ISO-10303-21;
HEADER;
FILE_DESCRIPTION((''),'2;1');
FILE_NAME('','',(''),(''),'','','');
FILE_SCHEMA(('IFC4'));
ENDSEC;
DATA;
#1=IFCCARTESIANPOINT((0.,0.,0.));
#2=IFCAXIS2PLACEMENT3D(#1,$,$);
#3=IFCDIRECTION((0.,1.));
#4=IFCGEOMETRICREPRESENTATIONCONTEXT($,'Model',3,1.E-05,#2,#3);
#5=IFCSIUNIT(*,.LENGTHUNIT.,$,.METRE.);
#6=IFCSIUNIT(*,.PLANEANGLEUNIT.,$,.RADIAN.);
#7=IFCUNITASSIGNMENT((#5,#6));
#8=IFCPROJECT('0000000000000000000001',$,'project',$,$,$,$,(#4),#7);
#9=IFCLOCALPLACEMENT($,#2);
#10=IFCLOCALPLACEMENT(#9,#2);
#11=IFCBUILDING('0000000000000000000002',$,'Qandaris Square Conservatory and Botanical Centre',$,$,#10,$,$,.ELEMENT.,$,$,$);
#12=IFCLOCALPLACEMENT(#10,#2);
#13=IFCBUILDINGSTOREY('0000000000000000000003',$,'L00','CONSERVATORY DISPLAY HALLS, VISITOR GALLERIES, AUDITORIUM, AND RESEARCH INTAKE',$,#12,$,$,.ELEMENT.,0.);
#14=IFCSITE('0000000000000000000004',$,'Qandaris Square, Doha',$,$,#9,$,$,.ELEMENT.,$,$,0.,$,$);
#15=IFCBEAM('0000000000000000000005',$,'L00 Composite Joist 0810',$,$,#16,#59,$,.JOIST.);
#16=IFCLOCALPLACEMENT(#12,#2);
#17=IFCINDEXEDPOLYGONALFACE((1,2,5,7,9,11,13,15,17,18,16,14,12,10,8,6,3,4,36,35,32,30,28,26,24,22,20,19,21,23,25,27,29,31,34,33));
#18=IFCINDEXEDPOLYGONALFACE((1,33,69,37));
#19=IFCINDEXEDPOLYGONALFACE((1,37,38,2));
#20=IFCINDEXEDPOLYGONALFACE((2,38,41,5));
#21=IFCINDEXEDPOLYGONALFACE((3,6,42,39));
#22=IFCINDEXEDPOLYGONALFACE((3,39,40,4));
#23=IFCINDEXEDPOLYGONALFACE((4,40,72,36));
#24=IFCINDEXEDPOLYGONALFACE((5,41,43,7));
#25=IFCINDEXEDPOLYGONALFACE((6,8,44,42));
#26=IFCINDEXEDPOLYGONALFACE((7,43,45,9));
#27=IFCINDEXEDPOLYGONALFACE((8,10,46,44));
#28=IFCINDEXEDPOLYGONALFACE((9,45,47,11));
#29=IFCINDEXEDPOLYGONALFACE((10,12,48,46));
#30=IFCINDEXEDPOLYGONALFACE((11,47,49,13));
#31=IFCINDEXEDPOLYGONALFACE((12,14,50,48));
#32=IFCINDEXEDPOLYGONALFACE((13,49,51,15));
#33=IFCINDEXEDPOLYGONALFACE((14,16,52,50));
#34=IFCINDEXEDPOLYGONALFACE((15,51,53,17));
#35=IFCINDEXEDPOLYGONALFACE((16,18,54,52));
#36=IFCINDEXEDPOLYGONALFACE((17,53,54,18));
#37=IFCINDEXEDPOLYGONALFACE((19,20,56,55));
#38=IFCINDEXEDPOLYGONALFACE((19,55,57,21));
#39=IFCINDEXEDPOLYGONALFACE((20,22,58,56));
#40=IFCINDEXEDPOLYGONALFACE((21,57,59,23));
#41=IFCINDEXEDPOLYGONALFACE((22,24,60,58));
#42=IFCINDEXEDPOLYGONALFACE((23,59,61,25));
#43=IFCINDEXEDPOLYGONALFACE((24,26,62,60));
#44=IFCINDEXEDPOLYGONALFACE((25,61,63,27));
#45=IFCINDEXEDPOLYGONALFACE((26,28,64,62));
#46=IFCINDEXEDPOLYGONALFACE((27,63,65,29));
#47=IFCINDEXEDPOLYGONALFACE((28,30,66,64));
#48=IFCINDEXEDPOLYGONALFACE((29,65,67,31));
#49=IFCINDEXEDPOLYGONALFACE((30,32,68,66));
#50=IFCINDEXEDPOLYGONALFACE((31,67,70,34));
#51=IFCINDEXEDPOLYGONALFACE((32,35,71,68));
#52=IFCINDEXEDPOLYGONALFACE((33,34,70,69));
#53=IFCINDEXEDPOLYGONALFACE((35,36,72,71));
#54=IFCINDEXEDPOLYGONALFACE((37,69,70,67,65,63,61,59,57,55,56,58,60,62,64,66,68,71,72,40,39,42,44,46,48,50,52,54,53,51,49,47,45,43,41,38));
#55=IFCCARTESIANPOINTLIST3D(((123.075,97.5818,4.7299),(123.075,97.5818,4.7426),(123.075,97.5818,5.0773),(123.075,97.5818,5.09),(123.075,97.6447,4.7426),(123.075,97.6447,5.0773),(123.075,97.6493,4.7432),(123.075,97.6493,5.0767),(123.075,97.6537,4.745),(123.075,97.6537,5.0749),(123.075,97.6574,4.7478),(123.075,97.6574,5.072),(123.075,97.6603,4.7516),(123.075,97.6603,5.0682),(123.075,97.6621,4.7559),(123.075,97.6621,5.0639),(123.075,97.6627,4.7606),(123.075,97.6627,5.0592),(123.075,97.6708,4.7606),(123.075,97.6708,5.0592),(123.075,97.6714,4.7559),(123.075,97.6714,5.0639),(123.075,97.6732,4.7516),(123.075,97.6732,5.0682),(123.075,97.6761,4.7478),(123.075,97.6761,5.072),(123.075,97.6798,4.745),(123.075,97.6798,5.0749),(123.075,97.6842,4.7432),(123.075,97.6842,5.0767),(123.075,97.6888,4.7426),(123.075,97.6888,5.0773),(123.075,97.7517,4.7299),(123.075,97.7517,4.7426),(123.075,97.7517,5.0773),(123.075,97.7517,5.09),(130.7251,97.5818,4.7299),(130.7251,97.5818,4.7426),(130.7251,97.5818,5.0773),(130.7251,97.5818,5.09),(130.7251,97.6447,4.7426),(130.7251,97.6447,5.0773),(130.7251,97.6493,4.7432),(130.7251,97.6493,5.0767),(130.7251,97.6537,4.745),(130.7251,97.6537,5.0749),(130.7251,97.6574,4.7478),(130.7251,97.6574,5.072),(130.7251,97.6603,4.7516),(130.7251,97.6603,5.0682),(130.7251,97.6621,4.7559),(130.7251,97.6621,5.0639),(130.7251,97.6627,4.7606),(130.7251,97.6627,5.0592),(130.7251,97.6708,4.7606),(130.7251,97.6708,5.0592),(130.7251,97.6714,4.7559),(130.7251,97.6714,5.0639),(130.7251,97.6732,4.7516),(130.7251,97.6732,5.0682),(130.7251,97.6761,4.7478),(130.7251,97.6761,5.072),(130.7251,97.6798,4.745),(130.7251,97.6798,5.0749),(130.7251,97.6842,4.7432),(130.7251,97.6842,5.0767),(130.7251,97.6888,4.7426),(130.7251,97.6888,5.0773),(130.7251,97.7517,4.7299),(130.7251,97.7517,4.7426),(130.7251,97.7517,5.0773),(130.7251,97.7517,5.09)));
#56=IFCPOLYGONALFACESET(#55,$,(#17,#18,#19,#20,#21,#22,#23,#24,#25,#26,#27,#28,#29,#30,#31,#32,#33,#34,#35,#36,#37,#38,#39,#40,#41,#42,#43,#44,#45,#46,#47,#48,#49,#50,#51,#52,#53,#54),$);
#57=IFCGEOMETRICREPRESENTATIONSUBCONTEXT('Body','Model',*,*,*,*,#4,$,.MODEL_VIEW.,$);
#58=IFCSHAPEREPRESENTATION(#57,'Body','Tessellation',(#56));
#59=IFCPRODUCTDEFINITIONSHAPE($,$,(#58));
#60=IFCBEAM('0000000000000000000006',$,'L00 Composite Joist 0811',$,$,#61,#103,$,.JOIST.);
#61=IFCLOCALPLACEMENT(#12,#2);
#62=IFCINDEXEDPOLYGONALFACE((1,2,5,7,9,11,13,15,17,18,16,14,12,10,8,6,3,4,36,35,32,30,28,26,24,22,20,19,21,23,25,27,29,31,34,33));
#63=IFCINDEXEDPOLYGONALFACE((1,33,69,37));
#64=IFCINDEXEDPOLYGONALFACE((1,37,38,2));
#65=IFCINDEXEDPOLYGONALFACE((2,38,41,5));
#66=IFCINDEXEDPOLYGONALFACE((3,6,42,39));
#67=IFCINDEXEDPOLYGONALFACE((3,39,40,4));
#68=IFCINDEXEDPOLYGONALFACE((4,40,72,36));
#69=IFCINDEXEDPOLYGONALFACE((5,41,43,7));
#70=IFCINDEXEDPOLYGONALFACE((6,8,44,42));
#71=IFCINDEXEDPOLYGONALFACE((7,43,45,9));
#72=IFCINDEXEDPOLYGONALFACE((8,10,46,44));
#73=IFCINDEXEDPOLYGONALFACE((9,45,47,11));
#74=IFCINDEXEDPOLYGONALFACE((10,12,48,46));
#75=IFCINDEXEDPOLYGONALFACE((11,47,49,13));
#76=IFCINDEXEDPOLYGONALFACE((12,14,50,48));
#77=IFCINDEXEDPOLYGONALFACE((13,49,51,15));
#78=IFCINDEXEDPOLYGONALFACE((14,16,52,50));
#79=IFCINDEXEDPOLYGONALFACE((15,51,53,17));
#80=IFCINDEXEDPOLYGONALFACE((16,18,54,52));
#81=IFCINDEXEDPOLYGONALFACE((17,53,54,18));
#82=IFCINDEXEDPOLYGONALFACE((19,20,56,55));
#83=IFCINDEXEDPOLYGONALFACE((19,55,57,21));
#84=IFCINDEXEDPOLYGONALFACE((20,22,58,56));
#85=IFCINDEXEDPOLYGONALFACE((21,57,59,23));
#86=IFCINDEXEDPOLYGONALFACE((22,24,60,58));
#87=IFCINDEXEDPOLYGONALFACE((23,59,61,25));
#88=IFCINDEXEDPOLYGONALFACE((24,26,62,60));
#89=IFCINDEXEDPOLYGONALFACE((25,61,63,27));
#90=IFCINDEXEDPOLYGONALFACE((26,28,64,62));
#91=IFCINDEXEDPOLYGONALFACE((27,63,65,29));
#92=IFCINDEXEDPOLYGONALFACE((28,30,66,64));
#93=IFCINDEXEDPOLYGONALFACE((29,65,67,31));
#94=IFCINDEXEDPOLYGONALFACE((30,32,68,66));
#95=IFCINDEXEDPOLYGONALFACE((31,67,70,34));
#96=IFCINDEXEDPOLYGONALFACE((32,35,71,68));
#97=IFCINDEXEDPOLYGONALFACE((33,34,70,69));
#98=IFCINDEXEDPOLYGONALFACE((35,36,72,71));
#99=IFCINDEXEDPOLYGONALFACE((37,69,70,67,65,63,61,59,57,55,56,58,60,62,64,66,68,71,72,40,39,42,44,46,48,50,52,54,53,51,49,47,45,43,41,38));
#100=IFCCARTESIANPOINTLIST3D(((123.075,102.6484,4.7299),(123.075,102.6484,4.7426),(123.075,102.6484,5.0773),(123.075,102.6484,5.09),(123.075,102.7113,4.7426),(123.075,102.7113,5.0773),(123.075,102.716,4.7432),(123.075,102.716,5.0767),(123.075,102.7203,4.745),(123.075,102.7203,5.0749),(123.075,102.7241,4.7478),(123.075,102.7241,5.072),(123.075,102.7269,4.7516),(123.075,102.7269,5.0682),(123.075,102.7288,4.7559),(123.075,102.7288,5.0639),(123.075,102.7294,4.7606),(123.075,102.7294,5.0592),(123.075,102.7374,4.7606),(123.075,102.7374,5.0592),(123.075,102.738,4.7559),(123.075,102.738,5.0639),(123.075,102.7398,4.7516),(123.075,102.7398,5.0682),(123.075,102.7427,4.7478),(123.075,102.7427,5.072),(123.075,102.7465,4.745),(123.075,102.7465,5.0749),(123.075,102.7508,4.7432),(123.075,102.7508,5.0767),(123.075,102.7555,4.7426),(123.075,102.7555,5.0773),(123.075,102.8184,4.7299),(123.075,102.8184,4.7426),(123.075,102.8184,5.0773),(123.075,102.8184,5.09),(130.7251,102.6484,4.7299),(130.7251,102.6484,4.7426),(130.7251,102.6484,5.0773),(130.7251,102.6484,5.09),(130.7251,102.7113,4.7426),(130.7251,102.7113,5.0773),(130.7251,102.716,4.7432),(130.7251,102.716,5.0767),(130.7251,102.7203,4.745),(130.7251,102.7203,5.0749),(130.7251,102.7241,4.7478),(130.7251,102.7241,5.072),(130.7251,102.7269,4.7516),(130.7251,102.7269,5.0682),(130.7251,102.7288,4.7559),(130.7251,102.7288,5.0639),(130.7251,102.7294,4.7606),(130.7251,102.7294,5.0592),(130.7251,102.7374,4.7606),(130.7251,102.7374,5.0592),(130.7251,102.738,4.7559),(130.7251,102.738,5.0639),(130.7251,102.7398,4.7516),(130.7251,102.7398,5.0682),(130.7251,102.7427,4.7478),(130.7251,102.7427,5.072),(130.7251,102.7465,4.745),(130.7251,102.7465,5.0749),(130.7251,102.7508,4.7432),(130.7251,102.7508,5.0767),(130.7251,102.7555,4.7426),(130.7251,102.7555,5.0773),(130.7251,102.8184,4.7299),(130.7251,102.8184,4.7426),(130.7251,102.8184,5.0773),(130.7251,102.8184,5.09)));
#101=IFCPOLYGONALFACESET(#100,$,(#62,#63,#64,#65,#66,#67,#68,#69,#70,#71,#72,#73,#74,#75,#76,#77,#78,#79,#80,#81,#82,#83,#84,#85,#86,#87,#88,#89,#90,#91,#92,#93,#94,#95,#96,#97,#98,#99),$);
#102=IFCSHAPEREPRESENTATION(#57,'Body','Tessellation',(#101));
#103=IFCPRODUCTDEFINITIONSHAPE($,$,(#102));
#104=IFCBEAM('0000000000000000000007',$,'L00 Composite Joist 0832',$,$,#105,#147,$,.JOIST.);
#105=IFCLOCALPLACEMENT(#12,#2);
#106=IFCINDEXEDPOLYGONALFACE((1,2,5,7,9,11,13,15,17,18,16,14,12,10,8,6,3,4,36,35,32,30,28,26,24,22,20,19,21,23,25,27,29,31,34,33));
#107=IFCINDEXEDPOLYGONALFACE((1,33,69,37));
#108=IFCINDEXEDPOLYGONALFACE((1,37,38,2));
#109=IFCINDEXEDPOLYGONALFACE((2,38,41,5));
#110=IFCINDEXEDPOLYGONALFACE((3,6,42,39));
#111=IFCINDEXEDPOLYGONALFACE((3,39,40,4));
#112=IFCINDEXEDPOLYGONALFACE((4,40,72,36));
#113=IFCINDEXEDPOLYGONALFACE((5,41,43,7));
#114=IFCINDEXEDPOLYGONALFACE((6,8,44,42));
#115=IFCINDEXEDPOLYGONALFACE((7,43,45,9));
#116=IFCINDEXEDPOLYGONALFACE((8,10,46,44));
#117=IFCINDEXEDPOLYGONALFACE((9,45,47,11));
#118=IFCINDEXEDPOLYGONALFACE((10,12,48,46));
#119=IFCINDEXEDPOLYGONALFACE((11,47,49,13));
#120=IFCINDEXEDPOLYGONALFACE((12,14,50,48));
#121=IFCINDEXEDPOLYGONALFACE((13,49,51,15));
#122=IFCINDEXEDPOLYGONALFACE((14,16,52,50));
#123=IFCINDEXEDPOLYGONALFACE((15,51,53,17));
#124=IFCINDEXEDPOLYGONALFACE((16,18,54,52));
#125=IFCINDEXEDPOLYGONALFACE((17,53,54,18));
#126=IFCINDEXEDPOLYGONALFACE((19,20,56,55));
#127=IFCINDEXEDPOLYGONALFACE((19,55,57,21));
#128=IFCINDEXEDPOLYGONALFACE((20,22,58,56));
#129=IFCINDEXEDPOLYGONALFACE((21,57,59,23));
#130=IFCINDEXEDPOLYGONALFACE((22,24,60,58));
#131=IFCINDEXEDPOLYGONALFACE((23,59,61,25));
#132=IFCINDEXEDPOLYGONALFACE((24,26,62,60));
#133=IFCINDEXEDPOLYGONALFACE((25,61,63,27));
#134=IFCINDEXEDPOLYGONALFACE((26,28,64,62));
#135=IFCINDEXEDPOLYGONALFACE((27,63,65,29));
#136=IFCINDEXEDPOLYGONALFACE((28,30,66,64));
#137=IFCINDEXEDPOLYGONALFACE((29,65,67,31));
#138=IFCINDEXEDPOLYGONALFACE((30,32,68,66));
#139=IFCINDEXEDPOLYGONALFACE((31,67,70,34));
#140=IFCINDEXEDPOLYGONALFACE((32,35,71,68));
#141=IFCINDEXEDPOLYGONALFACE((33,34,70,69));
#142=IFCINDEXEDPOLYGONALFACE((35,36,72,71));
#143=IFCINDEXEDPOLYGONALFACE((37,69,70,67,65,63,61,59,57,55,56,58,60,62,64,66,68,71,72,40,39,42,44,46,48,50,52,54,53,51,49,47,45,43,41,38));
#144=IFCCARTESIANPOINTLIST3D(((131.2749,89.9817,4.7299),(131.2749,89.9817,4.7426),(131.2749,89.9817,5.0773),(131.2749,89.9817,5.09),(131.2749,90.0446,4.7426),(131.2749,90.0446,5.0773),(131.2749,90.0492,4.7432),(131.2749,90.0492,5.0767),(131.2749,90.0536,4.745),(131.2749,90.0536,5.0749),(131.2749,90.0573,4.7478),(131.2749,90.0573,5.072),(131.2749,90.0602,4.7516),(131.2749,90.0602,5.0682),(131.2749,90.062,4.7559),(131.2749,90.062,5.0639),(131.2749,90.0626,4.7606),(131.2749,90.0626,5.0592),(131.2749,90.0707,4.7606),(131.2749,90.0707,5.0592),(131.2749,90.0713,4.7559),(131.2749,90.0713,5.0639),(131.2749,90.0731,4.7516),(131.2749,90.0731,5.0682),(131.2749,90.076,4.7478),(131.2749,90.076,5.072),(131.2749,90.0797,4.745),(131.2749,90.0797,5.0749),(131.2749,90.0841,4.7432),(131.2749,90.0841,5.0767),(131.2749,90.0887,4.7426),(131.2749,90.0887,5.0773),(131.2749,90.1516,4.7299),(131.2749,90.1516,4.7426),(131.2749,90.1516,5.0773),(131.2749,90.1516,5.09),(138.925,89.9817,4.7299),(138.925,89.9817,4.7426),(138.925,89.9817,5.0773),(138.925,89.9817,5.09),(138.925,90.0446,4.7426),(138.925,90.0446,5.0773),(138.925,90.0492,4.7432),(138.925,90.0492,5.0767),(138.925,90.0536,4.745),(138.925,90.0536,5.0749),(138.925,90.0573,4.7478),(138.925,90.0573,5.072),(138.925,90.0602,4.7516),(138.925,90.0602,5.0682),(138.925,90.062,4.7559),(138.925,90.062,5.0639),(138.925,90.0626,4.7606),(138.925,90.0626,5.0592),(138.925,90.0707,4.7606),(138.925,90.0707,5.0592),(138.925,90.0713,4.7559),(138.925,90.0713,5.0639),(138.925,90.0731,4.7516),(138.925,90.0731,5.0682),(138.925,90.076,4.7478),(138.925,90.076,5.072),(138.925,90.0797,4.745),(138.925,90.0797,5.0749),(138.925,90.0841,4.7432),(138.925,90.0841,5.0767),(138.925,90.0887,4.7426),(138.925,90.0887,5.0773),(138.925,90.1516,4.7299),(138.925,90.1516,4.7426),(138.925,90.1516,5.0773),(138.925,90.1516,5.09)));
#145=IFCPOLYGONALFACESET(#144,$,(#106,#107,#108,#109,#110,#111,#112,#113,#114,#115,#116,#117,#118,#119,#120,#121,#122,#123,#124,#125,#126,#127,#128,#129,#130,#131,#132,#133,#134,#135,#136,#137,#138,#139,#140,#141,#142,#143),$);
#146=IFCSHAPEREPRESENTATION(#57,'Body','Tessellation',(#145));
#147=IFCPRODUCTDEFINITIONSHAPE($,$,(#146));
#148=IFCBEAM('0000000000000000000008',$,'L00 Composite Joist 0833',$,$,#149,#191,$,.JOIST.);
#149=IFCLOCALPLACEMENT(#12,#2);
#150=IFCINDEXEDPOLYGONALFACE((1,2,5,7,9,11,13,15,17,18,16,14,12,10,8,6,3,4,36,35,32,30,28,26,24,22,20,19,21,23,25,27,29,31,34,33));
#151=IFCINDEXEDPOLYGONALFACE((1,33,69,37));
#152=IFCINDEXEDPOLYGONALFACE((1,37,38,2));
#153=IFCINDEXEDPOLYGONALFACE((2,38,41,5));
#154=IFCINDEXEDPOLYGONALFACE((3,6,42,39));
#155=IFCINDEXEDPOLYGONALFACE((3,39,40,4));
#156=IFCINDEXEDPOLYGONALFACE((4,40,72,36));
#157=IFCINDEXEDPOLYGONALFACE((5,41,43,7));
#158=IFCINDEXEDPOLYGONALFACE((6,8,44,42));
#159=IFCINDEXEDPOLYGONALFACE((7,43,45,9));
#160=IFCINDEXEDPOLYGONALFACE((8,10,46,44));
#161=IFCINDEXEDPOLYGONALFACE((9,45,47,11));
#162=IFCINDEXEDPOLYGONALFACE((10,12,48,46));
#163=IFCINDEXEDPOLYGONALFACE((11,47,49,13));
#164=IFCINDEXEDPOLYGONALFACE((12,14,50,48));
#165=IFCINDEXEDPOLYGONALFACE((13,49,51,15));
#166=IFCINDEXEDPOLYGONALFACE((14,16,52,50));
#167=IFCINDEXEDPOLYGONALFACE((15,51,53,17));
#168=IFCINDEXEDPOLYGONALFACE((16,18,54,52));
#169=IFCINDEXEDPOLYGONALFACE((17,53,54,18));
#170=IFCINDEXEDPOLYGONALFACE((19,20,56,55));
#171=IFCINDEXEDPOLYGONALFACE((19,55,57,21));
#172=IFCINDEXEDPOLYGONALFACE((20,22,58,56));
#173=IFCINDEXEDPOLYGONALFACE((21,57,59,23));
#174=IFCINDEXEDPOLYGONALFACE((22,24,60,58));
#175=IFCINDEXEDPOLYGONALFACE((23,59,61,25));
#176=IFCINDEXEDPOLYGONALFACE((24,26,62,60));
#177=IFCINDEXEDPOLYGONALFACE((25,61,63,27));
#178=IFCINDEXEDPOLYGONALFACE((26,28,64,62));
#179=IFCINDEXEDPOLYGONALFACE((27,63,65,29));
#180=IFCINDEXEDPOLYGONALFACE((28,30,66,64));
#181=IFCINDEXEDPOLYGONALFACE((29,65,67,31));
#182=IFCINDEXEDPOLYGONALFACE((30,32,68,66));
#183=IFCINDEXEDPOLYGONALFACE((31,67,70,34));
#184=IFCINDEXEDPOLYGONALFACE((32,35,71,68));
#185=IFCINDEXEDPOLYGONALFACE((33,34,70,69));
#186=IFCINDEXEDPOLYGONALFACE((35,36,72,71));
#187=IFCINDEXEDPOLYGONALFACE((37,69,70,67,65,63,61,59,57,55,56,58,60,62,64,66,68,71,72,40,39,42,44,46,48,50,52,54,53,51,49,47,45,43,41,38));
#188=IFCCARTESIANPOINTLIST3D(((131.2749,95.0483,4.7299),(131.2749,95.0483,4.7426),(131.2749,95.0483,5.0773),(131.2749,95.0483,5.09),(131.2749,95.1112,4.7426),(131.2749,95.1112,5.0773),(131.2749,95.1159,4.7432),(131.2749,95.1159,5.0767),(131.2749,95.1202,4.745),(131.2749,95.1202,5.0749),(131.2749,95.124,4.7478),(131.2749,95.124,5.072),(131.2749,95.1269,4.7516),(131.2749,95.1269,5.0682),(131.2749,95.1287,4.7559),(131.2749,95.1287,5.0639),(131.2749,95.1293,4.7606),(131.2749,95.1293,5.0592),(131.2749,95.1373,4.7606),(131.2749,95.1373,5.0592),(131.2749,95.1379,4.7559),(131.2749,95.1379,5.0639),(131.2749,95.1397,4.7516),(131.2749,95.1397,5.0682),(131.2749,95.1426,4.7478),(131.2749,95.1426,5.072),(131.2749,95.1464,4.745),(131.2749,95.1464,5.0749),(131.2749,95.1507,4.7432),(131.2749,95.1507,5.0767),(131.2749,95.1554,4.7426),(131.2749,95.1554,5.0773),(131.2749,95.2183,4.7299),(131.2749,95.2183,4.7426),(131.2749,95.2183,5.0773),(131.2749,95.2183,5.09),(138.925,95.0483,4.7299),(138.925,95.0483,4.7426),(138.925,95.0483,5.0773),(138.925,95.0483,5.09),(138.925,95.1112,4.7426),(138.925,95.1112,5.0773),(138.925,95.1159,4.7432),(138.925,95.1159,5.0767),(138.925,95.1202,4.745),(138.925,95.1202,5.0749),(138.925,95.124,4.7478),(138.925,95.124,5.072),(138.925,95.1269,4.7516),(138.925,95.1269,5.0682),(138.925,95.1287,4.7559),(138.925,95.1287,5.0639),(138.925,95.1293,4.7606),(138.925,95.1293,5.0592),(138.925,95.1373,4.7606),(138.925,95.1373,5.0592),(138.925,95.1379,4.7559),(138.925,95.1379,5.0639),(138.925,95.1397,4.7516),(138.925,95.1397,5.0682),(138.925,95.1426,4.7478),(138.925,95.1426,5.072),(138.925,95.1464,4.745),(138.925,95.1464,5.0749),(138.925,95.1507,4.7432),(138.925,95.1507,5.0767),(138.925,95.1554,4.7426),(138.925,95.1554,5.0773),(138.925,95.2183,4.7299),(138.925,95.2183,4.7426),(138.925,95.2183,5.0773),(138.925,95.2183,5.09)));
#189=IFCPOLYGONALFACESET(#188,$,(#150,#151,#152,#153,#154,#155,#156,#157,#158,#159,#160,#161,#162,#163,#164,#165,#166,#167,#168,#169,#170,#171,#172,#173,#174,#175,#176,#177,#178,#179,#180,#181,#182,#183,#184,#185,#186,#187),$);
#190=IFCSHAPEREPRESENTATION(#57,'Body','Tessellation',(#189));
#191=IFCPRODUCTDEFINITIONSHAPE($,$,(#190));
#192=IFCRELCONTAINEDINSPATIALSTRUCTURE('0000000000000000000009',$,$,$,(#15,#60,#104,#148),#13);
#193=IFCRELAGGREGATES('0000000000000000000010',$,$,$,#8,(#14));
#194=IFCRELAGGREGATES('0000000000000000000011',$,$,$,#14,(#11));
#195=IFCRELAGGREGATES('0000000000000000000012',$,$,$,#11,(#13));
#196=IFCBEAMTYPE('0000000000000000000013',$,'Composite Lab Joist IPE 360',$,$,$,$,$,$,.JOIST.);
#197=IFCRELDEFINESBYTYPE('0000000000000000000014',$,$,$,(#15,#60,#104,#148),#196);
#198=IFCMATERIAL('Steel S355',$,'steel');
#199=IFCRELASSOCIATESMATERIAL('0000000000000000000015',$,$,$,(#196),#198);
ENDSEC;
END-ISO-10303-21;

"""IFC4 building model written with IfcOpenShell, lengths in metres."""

from ifc_helpers import new_model, si_unit, direction, frame, origin, origin_2d, place, context, subcontext, project, spatial, i_section, extrude, material, material_profile, profile_set, type_object, element, save


model = new_model("IFC4")

# Units and contexts
model_context = context("Model", 3, precision=1e-05, world=origin(), true_north=direction((0.0, 1.0)))
body_context = subcontext(model_context, "Body", "Model", "MODEL_VIEW")
ifc_project = project(units=[si_unit("LENGTHUNIT", "METRE"), si_unit("PLANEANGLEUNIT", "RADIAN")], contexts=[model_context])

# Site, building, storey
site_placement = place(None, origin())
site = spatial("IfcSite", under=ifc_project, at=site_placement, Name="Qandaris Square, Doha", CompositionType="ELEMENT", RefElevation=0.0)
building_placement = place(site_placement, origin())
building = spatial("IfcBuilding", under=site, at=building_placement, Name="Qandaris Square Conservatory and Botanical Centre", CompositionType="ELEMENT")
storey_placement = place(building_placement, origin())
storey = spatial("IfcBuildingStorey", under=building, at=storey_placement, Name="L00", Description="CONSERVATORY DISPLAY HALLS, VISITOR GALLERIES, AUDITORIUM, AND RESEARCH INTAKE", CompositionType="ELEMENT", Elevation=0.0)

# Beams
ifc_material_1 = material(Name="Steel S355", Category="steel")
ifc_material_profile_1 = material_profile(ifc_material_1, i_section(OverallWidth=0.1699, OverallDepth=0.3601, WebThickness=0.0081, FlangeThickness=0.0127, FilletRadius=0.0181, at=origin_2d()), Name="IPE 360")
ifc_profile_set_1 = profile_set([ifc_material_profile_1], Name="Steel S355")
beam_type_1 = type_object("IfcBeamType", Name="Composite Lab Joist IPE 360", PredefinedType="JOIST", material=ifc_profile_set_1)
for number, where, z_axis, x_axis, name in (
    (1, (123.075, 97.6667, 4.9099), (1.0, 0.0, 0.0), (0.0, 1.0, 0.0), "L00 Composite Joist 0810"),
    (2, (123.075, 102.7334, 4.9099), (1.0, 0.0, 0.0), (0.0, 1.0, 0.0), "L00 Composite Joist 0811"),
    (3, (131.2749, 90.0667, 4.9099), (1.0, 0.0, 0.0), (0.0, 1.0, 0.0), "L00 Composite Joist 0832"),
    (4, (131.2749, 95.1333, 4.9099), (1.0, 0.0, 0.0), (0.0, 1.0, 0.0), "L00 Composite Joist 0833"),
):
    element("IfcBeam", number, at=place(storey_placement, frame(where, z_axis=z_axis, x_axis=x_axis)), inside=storey, type_object=beam_type_1, Name=name, PredefinedType="JOIST", context=body_context, shape_type="SweptSolid", body=[
        extrude(i_section(OverallWidth=0.1699, OverallDepth=0.3601, WebThickness=0.0081, FlangeThickness=0.0127, FilletRadius=0.0181, at=origin_2d()), origin(), (0.0, 0.0, 1.0), 7.6501),
    ])

save(model, "model.ifc")
